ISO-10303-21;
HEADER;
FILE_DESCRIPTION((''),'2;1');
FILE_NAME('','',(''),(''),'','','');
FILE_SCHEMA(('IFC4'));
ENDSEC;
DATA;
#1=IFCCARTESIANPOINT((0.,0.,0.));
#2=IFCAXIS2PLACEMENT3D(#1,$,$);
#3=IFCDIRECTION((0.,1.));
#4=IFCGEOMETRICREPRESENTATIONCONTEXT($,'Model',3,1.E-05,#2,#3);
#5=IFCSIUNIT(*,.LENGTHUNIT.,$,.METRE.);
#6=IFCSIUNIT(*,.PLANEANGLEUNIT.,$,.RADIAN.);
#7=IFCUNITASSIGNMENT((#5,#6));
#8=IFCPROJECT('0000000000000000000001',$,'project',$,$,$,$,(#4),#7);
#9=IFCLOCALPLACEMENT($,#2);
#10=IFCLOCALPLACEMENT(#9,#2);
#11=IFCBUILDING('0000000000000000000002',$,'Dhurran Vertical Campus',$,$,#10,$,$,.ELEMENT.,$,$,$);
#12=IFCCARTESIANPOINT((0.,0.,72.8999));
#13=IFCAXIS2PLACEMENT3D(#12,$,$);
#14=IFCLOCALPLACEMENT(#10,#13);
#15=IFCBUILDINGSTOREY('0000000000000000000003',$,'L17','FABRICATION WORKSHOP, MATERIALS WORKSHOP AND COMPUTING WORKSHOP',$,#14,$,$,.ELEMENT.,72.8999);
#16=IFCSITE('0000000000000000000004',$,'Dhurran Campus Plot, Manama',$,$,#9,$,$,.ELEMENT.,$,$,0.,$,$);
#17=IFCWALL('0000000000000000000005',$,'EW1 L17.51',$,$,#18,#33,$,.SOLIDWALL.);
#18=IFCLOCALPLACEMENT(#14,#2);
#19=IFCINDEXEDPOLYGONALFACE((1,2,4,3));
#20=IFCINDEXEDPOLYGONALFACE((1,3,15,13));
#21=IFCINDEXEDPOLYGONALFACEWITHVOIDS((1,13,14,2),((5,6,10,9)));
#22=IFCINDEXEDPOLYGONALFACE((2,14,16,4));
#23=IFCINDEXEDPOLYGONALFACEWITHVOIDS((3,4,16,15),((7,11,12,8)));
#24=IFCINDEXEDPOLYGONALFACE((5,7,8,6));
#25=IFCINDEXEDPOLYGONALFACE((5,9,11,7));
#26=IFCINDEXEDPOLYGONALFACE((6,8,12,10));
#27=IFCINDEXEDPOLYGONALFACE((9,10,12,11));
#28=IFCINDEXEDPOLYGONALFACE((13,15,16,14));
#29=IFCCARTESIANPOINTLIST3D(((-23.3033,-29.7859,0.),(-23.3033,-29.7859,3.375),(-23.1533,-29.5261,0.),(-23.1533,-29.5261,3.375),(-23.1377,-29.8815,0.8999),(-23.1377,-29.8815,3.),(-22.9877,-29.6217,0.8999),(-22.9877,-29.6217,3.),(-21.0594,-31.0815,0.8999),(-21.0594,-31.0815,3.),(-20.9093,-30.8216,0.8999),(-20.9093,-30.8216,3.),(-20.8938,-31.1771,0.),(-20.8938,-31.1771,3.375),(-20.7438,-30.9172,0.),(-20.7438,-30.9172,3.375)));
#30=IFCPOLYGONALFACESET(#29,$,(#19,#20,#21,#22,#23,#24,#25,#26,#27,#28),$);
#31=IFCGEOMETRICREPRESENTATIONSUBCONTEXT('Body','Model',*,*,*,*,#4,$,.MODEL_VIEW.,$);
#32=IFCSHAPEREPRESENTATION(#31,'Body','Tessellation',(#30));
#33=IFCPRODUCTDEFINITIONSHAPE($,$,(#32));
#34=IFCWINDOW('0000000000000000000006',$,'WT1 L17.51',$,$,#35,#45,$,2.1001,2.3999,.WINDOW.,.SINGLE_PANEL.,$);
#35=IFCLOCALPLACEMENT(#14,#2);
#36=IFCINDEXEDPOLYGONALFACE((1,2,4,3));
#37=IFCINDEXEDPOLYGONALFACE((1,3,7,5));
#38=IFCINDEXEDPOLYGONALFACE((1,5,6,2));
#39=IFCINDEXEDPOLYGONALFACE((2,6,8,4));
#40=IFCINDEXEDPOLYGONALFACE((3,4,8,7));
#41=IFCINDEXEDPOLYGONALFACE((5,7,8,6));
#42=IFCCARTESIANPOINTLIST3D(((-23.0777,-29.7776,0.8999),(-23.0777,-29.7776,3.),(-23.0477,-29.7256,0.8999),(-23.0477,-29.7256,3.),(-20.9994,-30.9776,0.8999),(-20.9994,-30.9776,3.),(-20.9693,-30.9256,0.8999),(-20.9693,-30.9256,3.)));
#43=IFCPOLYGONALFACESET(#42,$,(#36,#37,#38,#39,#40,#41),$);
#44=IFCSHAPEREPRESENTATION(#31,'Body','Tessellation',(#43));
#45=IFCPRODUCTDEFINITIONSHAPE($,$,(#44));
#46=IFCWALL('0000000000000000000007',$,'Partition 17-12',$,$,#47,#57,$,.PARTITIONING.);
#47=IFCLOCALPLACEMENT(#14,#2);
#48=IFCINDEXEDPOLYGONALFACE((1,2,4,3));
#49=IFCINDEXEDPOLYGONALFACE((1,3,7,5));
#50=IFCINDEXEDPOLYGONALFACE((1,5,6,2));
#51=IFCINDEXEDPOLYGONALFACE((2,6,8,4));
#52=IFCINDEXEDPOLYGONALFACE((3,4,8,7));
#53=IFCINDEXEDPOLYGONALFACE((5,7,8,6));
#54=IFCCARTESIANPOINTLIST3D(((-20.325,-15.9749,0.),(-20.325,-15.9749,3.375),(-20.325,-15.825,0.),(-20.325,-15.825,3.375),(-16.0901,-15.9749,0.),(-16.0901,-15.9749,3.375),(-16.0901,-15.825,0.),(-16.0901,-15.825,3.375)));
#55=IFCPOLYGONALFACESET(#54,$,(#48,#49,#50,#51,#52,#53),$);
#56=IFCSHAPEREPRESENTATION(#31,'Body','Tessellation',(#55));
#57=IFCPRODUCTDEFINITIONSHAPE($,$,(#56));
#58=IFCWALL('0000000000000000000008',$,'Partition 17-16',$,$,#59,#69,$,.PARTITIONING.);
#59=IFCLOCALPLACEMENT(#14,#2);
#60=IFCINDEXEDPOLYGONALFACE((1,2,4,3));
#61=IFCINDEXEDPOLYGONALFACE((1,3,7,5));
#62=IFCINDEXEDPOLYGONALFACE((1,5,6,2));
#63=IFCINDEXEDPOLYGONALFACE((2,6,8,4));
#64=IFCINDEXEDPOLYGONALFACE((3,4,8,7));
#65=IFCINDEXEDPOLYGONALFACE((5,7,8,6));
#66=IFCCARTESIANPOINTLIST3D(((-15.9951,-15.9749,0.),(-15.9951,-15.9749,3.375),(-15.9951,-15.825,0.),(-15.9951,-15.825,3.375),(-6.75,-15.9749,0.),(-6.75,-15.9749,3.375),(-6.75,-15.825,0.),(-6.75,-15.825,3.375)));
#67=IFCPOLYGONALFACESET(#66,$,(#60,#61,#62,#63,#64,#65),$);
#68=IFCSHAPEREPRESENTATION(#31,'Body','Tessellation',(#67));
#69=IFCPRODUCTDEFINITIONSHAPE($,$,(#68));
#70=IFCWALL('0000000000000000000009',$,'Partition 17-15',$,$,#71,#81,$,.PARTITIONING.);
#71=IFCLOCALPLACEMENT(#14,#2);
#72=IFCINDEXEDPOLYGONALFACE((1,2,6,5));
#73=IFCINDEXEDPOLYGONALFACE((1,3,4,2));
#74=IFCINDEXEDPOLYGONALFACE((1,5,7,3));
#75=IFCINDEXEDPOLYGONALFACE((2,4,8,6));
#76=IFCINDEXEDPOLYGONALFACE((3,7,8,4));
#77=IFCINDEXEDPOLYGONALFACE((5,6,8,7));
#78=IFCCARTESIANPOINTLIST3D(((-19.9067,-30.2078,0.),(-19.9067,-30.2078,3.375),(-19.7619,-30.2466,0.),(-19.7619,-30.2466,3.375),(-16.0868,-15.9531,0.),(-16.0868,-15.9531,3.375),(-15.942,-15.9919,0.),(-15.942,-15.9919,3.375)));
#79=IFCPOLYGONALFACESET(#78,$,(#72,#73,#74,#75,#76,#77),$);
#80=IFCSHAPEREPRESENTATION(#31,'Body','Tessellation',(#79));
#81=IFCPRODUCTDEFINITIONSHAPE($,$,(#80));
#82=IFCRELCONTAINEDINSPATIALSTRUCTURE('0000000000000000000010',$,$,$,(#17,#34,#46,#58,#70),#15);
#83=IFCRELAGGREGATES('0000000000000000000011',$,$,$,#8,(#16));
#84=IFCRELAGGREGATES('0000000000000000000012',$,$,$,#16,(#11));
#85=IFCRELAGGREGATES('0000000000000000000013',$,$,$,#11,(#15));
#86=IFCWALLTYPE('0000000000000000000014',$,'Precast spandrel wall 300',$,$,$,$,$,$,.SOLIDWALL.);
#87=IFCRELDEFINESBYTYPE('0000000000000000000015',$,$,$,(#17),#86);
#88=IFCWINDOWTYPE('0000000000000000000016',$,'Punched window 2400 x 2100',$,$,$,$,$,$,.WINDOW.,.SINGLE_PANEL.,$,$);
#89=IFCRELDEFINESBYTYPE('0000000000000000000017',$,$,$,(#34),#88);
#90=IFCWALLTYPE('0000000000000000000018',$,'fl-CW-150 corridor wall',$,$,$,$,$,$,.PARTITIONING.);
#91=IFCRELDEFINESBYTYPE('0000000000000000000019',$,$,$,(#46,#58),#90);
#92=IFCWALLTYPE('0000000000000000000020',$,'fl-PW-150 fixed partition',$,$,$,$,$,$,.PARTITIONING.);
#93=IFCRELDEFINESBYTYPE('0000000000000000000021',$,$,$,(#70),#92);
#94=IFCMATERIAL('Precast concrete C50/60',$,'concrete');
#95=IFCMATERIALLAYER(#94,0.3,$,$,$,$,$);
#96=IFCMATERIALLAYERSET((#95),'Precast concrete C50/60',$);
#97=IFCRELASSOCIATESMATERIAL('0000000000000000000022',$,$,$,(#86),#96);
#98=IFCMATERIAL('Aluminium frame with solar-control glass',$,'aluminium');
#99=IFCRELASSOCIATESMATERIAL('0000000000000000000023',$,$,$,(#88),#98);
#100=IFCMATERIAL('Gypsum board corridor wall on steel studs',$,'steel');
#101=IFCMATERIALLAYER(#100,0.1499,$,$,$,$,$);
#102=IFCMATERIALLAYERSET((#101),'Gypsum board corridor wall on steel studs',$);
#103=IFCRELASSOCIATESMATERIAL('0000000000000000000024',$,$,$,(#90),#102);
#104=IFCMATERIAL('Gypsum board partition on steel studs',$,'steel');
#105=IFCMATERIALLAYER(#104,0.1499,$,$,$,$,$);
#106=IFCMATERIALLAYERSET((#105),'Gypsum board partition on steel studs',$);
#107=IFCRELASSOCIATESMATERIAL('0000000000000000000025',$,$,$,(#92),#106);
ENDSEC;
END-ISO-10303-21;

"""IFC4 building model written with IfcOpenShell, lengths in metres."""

from ifc_helpers import new_model, si_unit, direction, frame, frame_2d, origin, place, context, subcontext, project, spatial, rectangle, extrude, material, layer, layer_set, type_object, element, fill, save


model = new_model("IFC4")

# Units and contexts
model_context = context("Model", 3, precision=1e-05, world=origin(), true_north=direction((0.0, 1.0)))
body_context = subcontext(model_context, "Body", "Model", "MODEL_VIEW")
ifc_project = project(units=[si_unit("LENGTHUNIT", "METRE"), si_unit("PLANEANGLEUNIT", "RADIAN")], contexts=[model_context])

# Site, building, storey
site_placement = place(None, origin())
site = spatial("IfcSite", under=ifc_project, at=site_placement, Name="Dhurran Campus Plot, Manama", CompositionType="ELEMENT", RefElevation=0.0)
building_placement = place(site_placement, origin())
building = spatial("IfcBuilding", under=site, at=building_placement, Name="Dhurran Vertical Campus", CompositionType="ELEMENT")
storey_placement = place(building_placement, frame((0.0, 0.0, 72.8999)))
storey = spatial("IfcBuildingStorey", under=building, at=storey_placement, Name="L17", Description="FABRICATION WORKSHOP, MATERIALS WORKSHOP AND COMPUTING WORKSHOP", CompositionType="ELEMENT", Elevation=72.8999)

# Wall, opening, window
ifc_material_1 = material(Name="Precast concrete C50/60", Category="concrete")
ifc_layer_1 = layer(ifc_material_1, 0.3)
ifc_layer_set_1 = layer_set([ifc_layer_1], Name="Precast concrete C50/60")
wall_type_1 = type_object("IfcWallType", Name="Precast spandrel wall 300", PredefinedType="SOLIDWALL", material=ifc_layer_set_1)
ifc_material_2 = material(Name="Aluminium frame with solar-control glass", Category="aluminium")
window_type = type_object("IfcWindowType", Name="Punched window 2400 x 2100", PartitioningType="SINGLE_PANEL", PredefinedType="WINDOW", material=ifc_material_2)
wall_1_placement = place(storey_placement, frame((-23.2283, -29.656, 0.0), z_axis=(0.0, 0.0, 1.0), x_axis=(0.86602, -0.500009, 0.0)))
wall_1 = element("IfcWall", 1, at=wall_1_placement, inside=storey, type_object=wall_type_1, Name="EW1 L17.51", PredefinedType="SOLIDWALL", context=body_context, shape_type="SweptSolid", body=[
    extrude(rectangle(XDim=2.7822, YDim=0.3, at=frame_2d((1.3911, 0.0))), origin(), (0.0, 0.0, 1.0), 3.375),
])
opening_1_placement = place(wall_1_placement, frame((0.1912, 0.0, 0.8999)))
opening_1 = element("IfcOpeningElement", 2, at=opening_1_placement, cuts=wall_1, PredefinedType="OPENING", context=body_context, shape_type="SweptSolid", body=[
    extrude(rectangle(XDim=2.3999, YDim=2.1001, at=frame_2d((1.2, 1.05))), frame((0.0, 0.1599, 0.0), z_axis=(0.0, -1.0, 0.0), x_axis=(1.0, 0.0, 0.0)), (0.0, 0.0, 1.0), 0.3201),
])
window_1_placement = place(opening_1_placement, origin())
window_1 = element("IfcWindow", 3, at=window_1_placement, inside=storey, type_object=window_type, Name="WT1 L17.51", OverallHeight=2.1001, OverallWidth=2.3999, PartitioningType="SINGLE_PANEL", PredefinedType="WINDOW", context=body_context, shape_type="SweptSolid", body=[
    extrude(rectangle(XDim=2.3999, YDim=2.1001, at=frame_2d((1.2, 1.05))), frame((0.0, 0.03, 0.0), z_axis=(0.0, -1.0, 0.0), x_axis=(1.0, 0.0, 0.0)), (0.0, 0.0, 1.0), 0.0601),
])
fill(opening_1, window_1)

# Walls
ifc_material_3 = material(Name="Gypsum board corridor wall on steel studs", Category="steel")
ifc_layer_2 = layer(ifc_material_3, 0.1499)
ifc_layer_set_2 = layer_set([ifc_layer_2], Name="Gypsum board corridor wall on steel studs")
wall_type_2 = type_object("IfcWallType", Name="fl-CW-150 corridor wall", PredefinedType="PARTITIONING", material=ifc_layer_set_2)
wall_2_placement = place(storey_placement, frame((-20.325, -15.8999, 0.0), z_axis=(0.0, 0.0, 1.0), x_axis=(1.0, 0.0, 0.0)))
element("IfcWall", 4, at=wall_2_placement, inside=storey, type_object=wall_type_2, Name="Partition 17-12", PredefinedType="PARTITIONING", context=body_context, shape_type="SweptSolid", body=[
    extrude(rectangle(XDim=4.2349, YDim=0.1499, at=frame_2d((2.1174, 0.0))), origin(), (0.0, 0.0, 1.0), 3.375),
])
wall_3_placement = place(storey_placement, frame((-15.9951, -15.8999, 0.0), z_axis=(0.0, 0.0, 1.0), x_axis=(1.0, 0.0, 0.0)))
element("IfcWall", 5, at=wall_3_placement, inside=storey, type_object=wall_type_2, Name="Partition 17-16", PredefinedType="PARTITIONING", context=body_context, shape_type="SweptSolid", body=[
    extrude(rectangle(XDim=9.2451, YDim=0.1499, at=frame_2d((4.6226, 0.0))), origin(), (0.0, 0.0, 1.0), 3.375),
])
ifc_material_4 = material(Name="Gypsum board partition on steel studs", Category="steel")
ifc_layer_3 = layer(ifc_material_4, 0.1499)
ifc_layer_set_3 = layer_set([ifc_layer_3], Name="Gypsum board partition on steel studs")
wall_type_3 = type_object("IfcWallType", Name="fl-PW-150 fixed partition", PredefinedType="PARTITIONING", material=ifc_layer_set_3)
wall_4_placement = place(storey_placement, frame((-16.0144, -15.9724, 0.0), z_axis=(0.0, 0.0, 1.0), x_axis=(-0.258838, -0.965921, 0.0)))
element("IfcWall", 6, at=wall_4_placement, inside=storey, type_object=wall_type_3, Name="Partition 17-15", PredefinedType="PARTITIONING", context=body_context, shape_type="SweptSolid", body=[
    extrude(rectangle(XDim=14.7576, YDim=0.1499, at=frame_2d((7.3789, 0.0))), origin(), (0.0, 0.0, 1.0), 3.375),
])

save(model, "model.ifc")
